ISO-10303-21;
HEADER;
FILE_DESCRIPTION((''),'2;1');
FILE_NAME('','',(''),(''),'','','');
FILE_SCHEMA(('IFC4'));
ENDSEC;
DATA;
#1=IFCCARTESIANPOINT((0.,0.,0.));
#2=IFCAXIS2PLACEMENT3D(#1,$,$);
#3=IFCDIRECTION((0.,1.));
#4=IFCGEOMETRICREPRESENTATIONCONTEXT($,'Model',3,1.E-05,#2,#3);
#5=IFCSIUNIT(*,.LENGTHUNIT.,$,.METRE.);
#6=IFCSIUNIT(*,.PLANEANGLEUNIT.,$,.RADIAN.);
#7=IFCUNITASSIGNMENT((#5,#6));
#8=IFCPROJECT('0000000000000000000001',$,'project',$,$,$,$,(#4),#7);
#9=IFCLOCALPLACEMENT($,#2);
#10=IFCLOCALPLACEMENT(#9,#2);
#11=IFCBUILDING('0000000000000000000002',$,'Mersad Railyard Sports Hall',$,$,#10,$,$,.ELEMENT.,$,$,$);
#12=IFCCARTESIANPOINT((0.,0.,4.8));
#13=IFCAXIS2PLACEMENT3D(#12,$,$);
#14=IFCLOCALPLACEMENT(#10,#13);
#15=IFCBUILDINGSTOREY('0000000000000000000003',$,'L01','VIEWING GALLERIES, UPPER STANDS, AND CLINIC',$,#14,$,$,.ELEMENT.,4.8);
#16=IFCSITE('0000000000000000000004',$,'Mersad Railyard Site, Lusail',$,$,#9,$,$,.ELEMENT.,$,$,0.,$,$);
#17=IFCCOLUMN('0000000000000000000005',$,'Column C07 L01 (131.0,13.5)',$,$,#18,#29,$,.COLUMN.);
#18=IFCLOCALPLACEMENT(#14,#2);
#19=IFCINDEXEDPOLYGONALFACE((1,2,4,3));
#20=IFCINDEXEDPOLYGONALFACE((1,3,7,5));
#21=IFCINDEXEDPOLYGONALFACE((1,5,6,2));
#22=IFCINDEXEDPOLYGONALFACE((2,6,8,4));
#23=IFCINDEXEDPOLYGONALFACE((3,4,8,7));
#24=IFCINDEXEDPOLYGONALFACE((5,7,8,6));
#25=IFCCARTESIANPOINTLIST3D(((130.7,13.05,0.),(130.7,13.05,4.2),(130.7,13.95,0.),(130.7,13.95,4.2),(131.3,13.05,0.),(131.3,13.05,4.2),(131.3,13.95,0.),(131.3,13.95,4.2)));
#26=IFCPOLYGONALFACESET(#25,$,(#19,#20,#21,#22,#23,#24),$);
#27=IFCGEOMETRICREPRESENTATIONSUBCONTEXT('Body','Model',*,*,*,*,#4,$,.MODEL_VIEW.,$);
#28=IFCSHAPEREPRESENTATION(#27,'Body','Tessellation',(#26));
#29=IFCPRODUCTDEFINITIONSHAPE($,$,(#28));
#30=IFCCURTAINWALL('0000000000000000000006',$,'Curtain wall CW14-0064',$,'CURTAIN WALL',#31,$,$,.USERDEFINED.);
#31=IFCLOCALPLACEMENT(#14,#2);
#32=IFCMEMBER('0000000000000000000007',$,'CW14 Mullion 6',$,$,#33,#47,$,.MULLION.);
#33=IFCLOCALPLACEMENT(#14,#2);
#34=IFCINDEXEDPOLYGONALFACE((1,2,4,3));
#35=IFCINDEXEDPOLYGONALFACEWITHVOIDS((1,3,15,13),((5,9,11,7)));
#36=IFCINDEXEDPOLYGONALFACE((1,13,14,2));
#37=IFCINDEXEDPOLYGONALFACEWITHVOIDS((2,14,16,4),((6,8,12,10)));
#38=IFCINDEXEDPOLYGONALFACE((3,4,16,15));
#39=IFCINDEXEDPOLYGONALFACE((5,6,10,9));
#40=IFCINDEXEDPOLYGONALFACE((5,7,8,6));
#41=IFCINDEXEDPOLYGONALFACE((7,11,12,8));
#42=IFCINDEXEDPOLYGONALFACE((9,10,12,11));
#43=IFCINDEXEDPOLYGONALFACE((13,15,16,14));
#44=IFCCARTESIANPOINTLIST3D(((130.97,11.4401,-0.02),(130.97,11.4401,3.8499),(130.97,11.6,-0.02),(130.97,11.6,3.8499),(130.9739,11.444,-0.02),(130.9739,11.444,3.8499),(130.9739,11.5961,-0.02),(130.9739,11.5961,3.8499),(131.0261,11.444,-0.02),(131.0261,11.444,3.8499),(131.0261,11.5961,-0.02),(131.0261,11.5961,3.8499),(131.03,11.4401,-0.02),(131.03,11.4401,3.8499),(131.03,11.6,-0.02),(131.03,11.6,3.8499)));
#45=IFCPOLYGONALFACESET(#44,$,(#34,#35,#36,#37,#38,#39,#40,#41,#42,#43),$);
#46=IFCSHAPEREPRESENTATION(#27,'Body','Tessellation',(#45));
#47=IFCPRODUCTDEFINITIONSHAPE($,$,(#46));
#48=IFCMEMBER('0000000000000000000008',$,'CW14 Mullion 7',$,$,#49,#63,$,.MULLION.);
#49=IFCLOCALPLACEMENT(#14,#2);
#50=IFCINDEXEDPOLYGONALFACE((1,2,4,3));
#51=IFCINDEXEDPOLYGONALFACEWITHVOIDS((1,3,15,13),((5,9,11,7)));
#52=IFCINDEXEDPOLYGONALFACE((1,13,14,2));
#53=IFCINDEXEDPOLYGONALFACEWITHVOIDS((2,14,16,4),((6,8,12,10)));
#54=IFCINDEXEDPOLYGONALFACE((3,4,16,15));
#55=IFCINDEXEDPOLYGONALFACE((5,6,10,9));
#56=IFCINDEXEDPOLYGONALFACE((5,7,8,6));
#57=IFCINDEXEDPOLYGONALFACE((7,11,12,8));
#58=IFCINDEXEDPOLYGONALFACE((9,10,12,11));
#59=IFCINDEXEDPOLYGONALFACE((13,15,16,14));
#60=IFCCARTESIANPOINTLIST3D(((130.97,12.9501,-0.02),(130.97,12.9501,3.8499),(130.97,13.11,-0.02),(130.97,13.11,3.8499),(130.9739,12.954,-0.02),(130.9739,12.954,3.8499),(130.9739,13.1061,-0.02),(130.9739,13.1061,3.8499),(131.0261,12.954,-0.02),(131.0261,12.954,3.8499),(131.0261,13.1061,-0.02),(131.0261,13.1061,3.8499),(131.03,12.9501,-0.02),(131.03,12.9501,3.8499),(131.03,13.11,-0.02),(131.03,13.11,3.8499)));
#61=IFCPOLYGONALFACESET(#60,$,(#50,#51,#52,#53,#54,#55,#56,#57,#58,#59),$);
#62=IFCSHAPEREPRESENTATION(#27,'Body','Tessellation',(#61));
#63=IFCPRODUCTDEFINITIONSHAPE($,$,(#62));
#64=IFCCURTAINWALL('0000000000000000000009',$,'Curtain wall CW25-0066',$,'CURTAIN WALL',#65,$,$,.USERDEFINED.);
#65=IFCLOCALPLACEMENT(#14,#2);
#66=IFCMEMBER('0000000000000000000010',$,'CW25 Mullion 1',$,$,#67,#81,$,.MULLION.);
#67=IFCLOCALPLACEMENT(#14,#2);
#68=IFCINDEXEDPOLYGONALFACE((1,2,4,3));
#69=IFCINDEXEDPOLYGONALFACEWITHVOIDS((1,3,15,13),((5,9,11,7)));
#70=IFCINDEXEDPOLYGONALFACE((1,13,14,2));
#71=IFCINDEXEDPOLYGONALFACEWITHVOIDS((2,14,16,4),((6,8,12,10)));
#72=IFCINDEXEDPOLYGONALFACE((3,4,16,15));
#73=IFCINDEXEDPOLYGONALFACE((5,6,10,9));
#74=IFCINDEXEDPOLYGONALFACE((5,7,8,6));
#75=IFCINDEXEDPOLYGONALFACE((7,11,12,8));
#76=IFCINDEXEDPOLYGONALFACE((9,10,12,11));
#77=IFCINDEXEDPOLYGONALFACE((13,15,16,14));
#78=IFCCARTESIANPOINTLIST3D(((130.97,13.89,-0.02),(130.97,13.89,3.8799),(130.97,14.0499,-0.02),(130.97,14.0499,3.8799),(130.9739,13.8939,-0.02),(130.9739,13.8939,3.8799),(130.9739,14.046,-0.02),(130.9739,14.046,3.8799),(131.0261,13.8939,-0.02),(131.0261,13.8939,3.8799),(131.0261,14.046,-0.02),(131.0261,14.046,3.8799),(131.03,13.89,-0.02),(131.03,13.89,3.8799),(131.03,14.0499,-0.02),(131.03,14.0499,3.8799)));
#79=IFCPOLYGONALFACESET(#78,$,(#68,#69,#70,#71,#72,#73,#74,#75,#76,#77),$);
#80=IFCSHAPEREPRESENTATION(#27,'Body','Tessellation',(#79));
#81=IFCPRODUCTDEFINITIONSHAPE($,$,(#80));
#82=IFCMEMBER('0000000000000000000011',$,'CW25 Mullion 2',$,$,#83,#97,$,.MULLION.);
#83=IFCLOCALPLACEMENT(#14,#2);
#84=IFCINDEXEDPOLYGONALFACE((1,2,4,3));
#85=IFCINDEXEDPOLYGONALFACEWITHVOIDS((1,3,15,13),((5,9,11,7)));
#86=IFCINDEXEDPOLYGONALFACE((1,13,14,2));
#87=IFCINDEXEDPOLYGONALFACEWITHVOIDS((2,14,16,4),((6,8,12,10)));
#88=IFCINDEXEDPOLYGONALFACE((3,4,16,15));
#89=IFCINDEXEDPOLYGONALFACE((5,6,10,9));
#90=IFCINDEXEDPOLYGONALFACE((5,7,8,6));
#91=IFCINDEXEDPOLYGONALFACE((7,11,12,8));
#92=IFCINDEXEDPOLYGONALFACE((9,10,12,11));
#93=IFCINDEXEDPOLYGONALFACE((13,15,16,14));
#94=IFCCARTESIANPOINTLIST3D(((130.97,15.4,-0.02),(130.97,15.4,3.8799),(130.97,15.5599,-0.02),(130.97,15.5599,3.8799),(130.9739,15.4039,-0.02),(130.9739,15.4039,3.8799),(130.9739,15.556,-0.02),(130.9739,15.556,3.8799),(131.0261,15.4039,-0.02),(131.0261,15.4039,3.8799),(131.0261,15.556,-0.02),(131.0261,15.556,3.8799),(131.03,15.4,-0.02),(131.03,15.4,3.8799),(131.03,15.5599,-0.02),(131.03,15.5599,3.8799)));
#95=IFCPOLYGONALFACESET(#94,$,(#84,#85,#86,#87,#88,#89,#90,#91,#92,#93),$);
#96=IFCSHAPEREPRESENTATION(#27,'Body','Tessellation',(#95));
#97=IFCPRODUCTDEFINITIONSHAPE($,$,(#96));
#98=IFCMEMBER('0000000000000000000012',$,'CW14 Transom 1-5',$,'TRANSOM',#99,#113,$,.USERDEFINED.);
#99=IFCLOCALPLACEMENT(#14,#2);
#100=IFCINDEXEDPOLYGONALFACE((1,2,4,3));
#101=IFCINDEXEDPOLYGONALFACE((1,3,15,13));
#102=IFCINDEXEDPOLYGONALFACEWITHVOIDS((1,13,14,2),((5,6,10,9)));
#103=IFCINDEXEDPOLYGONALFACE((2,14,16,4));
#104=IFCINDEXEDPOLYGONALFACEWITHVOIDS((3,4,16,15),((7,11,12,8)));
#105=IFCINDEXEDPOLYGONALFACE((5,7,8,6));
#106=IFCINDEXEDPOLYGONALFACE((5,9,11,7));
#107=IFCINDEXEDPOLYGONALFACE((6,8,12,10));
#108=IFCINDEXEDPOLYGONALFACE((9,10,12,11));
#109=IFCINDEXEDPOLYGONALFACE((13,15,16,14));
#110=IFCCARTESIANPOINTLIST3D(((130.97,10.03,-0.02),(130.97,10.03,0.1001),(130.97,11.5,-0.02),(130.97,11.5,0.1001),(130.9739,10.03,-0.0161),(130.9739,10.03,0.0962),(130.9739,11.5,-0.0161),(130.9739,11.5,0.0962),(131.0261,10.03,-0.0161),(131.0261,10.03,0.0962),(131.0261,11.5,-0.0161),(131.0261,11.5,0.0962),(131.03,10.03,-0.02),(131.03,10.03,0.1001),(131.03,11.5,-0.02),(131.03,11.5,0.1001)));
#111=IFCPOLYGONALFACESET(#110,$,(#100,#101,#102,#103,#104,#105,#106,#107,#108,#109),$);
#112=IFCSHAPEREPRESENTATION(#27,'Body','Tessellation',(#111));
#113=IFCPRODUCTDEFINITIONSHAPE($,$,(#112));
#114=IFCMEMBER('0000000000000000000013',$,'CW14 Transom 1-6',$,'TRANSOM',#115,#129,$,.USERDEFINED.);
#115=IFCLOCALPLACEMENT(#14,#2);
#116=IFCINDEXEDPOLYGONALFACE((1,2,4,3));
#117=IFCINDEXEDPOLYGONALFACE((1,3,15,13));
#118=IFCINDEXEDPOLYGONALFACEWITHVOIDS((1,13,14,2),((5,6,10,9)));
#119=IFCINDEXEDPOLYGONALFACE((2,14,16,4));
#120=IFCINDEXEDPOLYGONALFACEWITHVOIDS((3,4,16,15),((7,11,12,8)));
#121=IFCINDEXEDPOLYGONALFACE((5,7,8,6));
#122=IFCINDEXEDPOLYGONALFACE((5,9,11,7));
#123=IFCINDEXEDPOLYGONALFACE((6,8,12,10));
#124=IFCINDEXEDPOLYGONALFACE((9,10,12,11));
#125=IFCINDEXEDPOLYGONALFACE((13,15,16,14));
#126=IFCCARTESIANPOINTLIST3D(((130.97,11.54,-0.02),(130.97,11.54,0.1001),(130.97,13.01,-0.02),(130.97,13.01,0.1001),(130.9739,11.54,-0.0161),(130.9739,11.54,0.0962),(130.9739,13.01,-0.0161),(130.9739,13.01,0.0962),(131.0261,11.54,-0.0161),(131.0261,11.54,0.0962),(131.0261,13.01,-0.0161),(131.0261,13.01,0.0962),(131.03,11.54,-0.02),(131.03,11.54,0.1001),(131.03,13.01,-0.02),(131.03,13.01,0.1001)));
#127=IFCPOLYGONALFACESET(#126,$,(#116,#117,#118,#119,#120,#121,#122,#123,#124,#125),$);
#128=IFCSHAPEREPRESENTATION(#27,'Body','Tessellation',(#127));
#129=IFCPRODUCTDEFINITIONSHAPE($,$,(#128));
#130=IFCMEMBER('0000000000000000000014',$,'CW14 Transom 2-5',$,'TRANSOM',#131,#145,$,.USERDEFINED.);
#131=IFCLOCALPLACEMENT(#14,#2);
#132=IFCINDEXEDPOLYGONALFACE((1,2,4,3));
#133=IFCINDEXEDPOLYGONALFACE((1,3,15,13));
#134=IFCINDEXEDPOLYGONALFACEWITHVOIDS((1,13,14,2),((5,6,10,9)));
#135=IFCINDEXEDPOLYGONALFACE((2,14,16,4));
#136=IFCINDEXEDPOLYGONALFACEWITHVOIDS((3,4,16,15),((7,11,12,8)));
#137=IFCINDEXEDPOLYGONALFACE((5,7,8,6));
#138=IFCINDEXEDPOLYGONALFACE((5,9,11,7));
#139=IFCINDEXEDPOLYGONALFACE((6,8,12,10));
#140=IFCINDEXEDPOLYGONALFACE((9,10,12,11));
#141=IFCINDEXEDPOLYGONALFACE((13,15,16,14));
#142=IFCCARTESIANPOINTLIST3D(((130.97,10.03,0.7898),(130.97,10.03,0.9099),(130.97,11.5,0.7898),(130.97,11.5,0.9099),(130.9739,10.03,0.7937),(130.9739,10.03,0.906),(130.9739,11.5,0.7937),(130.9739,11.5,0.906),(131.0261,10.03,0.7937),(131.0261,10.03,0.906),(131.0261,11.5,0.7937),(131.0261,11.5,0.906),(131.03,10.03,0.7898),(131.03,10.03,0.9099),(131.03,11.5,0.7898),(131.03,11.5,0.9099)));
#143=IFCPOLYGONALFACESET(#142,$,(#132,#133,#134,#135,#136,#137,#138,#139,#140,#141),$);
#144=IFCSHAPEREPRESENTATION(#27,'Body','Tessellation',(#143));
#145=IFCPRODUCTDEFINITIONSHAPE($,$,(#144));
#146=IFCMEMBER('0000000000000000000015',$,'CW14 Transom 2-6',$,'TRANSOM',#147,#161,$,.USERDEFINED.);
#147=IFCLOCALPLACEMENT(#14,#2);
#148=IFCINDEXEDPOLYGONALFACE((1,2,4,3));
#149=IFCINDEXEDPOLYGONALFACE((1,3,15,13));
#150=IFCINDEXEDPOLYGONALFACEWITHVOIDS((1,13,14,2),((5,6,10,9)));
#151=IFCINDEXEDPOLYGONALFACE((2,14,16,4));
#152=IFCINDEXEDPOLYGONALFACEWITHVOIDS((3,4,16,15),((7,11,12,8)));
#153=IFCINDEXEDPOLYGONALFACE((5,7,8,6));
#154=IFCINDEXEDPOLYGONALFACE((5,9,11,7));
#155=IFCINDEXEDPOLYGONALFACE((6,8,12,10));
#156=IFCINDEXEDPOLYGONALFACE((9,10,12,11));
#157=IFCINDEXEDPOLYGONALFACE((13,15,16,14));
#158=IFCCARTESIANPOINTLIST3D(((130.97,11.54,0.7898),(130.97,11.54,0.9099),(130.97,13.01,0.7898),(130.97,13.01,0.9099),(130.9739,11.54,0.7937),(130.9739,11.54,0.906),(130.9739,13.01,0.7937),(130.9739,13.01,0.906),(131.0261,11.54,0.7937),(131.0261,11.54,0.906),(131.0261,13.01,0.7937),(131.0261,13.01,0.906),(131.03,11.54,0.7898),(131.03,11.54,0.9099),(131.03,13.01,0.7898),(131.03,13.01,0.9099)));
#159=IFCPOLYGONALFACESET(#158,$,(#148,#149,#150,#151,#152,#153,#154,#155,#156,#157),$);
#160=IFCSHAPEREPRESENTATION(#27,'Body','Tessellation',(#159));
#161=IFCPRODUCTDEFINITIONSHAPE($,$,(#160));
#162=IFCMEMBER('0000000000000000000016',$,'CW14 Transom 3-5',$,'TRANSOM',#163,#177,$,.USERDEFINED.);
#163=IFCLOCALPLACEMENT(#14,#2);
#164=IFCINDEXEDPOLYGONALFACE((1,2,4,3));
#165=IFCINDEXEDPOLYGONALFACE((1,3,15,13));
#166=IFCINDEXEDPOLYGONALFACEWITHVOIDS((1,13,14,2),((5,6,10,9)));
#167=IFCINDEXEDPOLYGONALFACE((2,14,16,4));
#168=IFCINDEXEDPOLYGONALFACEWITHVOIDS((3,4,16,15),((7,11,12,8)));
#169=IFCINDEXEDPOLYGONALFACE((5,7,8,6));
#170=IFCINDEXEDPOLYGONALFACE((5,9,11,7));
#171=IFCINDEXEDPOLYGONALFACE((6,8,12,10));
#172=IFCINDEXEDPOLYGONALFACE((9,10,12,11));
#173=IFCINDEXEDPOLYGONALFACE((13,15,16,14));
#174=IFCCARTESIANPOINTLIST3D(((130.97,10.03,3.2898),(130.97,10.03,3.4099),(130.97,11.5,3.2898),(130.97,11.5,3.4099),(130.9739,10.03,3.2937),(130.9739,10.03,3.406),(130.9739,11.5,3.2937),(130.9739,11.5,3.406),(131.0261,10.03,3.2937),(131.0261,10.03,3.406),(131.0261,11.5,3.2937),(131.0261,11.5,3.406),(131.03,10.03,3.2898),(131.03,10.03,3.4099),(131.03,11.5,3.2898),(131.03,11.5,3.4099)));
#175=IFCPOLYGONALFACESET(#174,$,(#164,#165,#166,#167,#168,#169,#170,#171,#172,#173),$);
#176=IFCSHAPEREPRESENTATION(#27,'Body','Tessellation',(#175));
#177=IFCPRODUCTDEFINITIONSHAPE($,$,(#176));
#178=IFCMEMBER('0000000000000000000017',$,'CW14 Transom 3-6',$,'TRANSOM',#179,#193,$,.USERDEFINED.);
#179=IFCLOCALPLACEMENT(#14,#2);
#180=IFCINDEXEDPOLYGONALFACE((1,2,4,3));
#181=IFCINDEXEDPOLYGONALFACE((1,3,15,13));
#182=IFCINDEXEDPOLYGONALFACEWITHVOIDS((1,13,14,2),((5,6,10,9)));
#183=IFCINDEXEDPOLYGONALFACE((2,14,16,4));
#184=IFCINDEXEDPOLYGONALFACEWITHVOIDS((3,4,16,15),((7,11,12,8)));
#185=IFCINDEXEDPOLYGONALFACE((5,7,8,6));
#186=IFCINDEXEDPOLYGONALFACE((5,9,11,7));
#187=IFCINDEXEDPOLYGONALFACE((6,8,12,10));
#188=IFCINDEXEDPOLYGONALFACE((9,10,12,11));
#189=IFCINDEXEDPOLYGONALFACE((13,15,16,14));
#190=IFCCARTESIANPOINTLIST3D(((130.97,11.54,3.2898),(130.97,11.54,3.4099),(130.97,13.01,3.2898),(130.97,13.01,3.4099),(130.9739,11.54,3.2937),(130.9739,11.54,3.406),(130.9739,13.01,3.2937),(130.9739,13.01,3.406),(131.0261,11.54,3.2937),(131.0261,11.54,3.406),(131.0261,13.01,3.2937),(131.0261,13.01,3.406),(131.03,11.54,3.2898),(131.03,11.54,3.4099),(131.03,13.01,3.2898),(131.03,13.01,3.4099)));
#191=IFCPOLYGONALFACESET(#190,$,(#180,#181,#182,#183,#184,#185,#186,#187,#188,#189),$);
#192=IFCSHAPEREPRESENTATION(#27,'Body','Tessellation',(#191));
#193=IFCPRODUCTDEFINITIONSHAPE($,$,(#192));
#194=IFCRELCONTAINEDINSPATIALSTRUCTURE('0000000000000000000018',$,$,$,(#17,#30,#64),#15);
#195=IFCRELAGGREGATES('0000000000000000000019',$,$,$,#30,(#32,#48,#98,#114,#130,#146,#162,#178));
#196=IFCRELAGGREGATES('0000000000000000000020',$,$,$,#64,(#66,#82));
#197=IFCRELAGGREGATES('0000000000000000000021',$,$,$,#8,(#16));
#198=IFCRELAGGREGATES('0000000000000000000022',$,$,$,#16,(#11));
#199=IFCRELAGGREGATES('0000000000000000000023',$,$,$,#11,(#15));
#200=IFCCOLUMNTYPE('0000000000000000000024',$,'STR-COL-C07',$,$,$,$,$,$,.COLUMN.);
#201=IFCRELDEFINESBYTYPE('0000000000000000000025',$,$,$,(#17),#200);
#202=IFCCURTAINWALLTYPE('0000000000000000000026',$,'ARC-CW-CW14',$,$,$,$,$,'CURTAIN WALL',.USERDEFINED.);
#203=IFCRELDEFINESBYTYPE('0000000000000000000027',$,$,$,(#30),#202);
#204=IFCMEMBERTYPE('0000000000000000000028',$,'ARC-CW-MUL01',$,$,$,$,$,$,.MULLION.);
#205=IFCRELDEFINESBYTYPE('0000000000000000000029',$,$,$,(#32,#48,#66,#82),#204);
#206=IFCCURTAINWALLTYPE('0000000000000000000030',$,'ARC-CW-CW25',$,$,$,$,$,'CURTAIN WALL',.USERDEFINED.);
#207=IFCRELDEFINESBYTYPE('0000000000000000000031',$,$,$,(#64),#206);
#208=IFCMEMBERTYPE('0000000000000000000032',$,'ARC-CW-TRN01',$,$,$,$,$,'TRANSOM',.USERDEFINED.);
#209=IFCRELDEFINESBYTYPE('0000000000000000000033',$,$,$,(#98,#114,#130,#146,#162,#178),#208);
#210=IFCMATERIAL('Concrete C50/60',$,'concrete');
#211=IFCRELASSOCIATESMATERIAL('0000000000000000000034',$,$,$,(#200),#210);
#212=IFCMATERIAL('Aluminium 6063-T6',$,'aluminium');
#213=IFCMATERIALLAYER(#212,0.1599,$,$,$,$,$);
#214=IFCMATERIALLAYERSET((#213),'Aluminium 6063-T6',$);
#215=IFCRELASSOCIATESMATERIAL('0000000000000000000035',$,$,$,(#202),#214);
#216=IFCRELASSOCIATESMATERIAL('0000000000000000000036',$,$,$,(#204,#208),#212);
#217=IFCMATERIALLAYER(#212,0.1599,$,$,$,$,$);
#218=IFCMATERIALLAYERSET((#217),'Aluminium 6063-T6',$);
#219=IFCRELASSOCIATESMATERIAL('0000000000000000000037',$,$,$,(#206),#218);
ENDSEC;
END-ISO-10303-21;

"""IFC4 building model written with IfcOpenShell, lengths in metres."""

from ifc_helpers import new_model, si_unit, direction, frame, origin, origin_2d, place, context, subcontext, project, spatial, rectangle, hollow_rectangle, extrude, material, layer, layer_set, material_profile, profile_set, type_object, element, aggregate, save


model = new_model("IFC4")

# Units and contexts
model_context = context("Model", 3, precision=1e-05, world=origin(), true_north=direction((0.0, 1.0)))
body_context = subcontext(model_context, "Body", "Model", "MODEL_VIEW")
ifc_project = project(units=[si_unit("LENGTHUNIT", "METRE"), si_unit("PLANEANGLEUNIT", "RADIAN")], contexts=[model_context])

# Site, building, storey
site_placement = place(None, origin())
site = spatial("IfcSite", under=ifc_project, at=site_placement, Name="Mersad Railyard Site, Lusail", CompositionType="ELEMENT", RefElevation=0.0)
building_placement = place(site_placement, origin())
building = spatial("IfcBuilding", under=site, at=building_placement, Name="Mersad Railyard Sports Hall", CompositionType="ELEMENT")
storey_placement = place(building_placement, frame((0.0, 0.0, 4.8)))
storey = spatial("IfcBuildingStorey", under=building, at=storey_placement, Name="L01", Description="VIEWING GALLERIES, UPPER STANDS, AND CLINIC", CompositionType="ELEMENT", Elevation=4.8)

# Column
ifc_material_1 = material(Name="Concrete C50/60", Category="concrete")
ifc_material_profile_1 = material_profile(ifc_material_1, rectangle(XDim=0.6001, YDim=0.8999, at=origin_2d()), Name="RC 600x900")
ifc_profile_set_1 = profile_set([ifc_material_profile_1], Name="Concrete C50/60")
column_type = type_object("IfcColumnType", Name="STR-COL-C07", PredefinedType="COLUMN", material=ifc_profile_set_1)
column_placement = place(storey_placement, frame((131.0, 13.5, 0.0), z_axis=(0.0, 0.0, 1.0), x_axis=(1.0, 0.0, 0.0)))
element("IfcColumn", 1, at=column_placement, inside=storey, type_object=column_type, Name="Column C07 L01 (131.0,13.5)", PredefinedType="COLUMN", context=body_context, shape_type="SweptSolid", body=[
    extrude(rectangle(XDim=0.6001, YDim=0.8999, at=origin_2d()), origin(), (0.0, 0.0, 1.0), 4.2),
])

# Curtain walls, members
ifc_material_2 = material(Name="Aluminium 6063-T6", Category="aluminium")
ifc_layer_1 = layer(ifc_material_2, 0.1599)
ifc_layer_set_1 = layer_set([ifc_layer_1], Name="Aluminium 6063-T6")
curtain_wall_type_1 = type_object("IfcCurtainWallType", Name="ARC-CW-CW14", ElementType="CURTAIN WALL", PredefinedType="USERDEFINED", material=ifc_layer_set_1)
curtain_wall_1_placement = place(storey_placement, origin())
curtain_wall_1 = element("IfcCurtainWall", 2, at=curtain_wall_1_placement, inside=storey, type_object=curtain_wall_type_1, Name="Curtain wall CW14-0064", ObjectType="CURTAIN WALL", PredefinedType="USERDEFINED")
ifc_material_profile_2 = material_profile(ifc_material_2, hollow_rectangle(XDim=0.0601, YDim=0.1599, WallThickness=0.0039, at=origin_2d()), Name="AL MULLION 60x160x4")
ifc_profile_set_2 = profile_set([ifc_material_profile_2], Name="Aluminium 6063-T6")
member_type_1 = type_object("IfcMemberType", Name="ARC-CW-MUL01", PredefinedType="MULLION", material=ifc_profile_set_2)
member_1_placement = place(storey_placement, frame((131.0, 11.52, -0.02), z_axis=(0.0, 0.0, 1.0), x_axis=(1.0, 0.0, 0.0)))
member_1 = element("IfcMember", 3, at=member_1_placement, type_object=member_type_1, Name="CW14 Mullion 6", PredefinedType="MULLION", context=body_context, shape_type="SweptSolid", body=[
    extrude(hollow_rectangle(XDim=0.0601, YDim=0.1599, WallThickness=0.0039, at=origin_2d()), origin(), (0.0, 0.0, 1.0), 3.8699),
])
member_2_placement = place(storey_placement, frame((131.0, 13.03, -0.02), z_axis=(0.0, 0.0, 1.0), x_axis=(1.0, 0.0, 0.0)))
member_2 = element("IfcMember", 4, at=member_2_placement, type_object=member_type_1, Name="CW14 Mullion 7", PredefinedType="MULLION", context=body_context, shape_type="SweptSolid", body=[
    extrude(hollow_rectangle(XDim=0.0601, YDim=0.1599, WallThickness=0.0039, at=origin_2d()), origin(), (0.0, 0.0, 1.0), 3.8699),
])
ifc_layer_2 = layer(ifc_material_2, 0.1599)
ifc_layer_set_2 = layer_set([ifc_layer_2], Name="Aluminium 6063-T6")
curtain_wall_type_2 = type_object("IfcCurtainWallType", Name="ARC-CW-CW25", ElementType="CURTAIN WALL", PredefinedType="USERDEFINED", material=ifc_layer_set_2)
curtain_wall_2_placement = place(storey_placement, origin())
curtain_wall_2 = element("IfcCurtainWall", 5, at=curtain_wall_2_placement, inside=storey, type_object=curtain_wall_type_2, Name="Curtain wall CW25-0066", ObjectType="CURTAIN WALL", PredefinedType="USERDEFINED")
member_3_placement = place(storey_placement, frame((131.0, 13.97, -0.02), z_axis=(0.0, 0.0, 1.0), x_axis=(1.0, 0.0, 0.0)))
member_3 = element("IfcMember", 6, at=member_3_placement, type_object=member_type_1, Name="CW25 Mullion 1", PredefinedType="MULLION", context=body_context, shape_type="SweptSolid", body=[
    extrude(hollow_rectangle(XDim=0.0601, YDim=0.1599, WallThickness=0.0039, at=origin_2d()), origin(), (0.0, 0.0, 1.0), 3.8999),
])
member_4_placement = place(storey_placement, frame((131.0, 15.48, -0.02), z_axis=(0.0, 0.0, 1.0), x_axis=(1.0, 0.0, 0.0)))
member_4 = element("IfcMember", 7, at=member_4_placement, type_object=member_type_1, Name="CW25 Mullion 2", PredefinedType="MULLION", context=body_context, shape_type="SweptSolid", body=[
    extrude(hollow_rectangle(XDim=0.0601, YDim=0.1599, WallThickness=0.0039, at=origin_2d()), origin(), (0.0, 0.0, 1.0), 3.8999),
])

# Members
ifc_material_profile_3 = material_profile(ifc_material_2, hollow_rectangle(XDim=0.0601, YDim=0.1201, WallThickness=0.0039, at=origin_2d()), Name="AL TRANSOM 60x120x4")
ifc_profile_set_3 = profile_set([ifc_material_profile_3], Name="Aluminium 6063-T6")
member_type_2 = type_object("IfcMemberType", Name="ARC-CW-TRN01", ElementType="TRANSOM", PredefinedType="USERDEFINED", material=ifc_profile_set_3)
member_5_placement = place(storey_placement, frame((131.0, 10.03, 0.04), z_axis=(0.0, 1.0, 0.0), x_axis=(-1.0, 0.0, 0.0)))
member_5 = element("IfcMember", 8, at=member_5_placement, type_object=member_type_2, Name="CW14 Transom 1-5", ObjectType="TRANSOM", PredefinedType="USERDEFINED", context=body_context, shape_type="SweptSolid", body=[
    extrude(hollow_rectangle(XDim=0.0601, YDim=0.1201, WallThickness=0.0039, at=origin_2d()), origin(), (0.0, 0.0, 1.0), 1.47),
])
member_6_placement = place(storey_placement, frame((131.0, 11.54, 0.04), z_axis=(0.0, 1.0, 0.0), x_axis=(-1.0, 0.0, 0.0)))
member_6 = element("IfcMember", 9, at=member_6_placement, type_object=member_type_2, Name="CW14 Transom 1-6", ObjectType="TRANSOM", PredefinedType="USERDEFINED", context=body_context, shape_type="SweptSolid", body=[
    extrude(hollow_rectangle(XDim=0.0601, YDim=0.1201, WallThickness=0.0039, at=origin_2d()), origin(), (0.0, 0.0, 1.0), 1.47),
])
member_7_placement = place(storey_placement, frame((131.0, 10.03, 0.8499), z_axis=(0.0, 1.0, 0.0), x_axis=(-1.0, 0.0, 0.0)))
member_7 = element("IfcMember", 10, at=member_7_placement, type_object=member_type_2, Name="CW14 Transom 2-5", ObjectType="TRANSOM", PredefinedType="USERDEFINED", context=body_context, shape_type="SweptSolid", body=[
    extrude(hollow_rectangle(XDim=0.0601, YDim=0.1201, WallThickness=0.0039, at=origin_2d()), origin(), (0.0, 0.0, 1.0), 1.47),
])
member_8_placement = place(storey_placement, frame((131.0, 11.54, 0.8499), z_axis=(0.0, 1.0, 0.0), x_axis=(-1.0, 0.0, 0.0)))
member_8 = element("IfcMember", 11, at=member_8_placement, type_object=member_type_2, Name="CW14 Transom 2-6", ObjectType="TRANSOM", PredefinedType="USERDEFINED", context=body_context, shape_type="SweptSolid", body=[
    extrude(hollow_rectangle(XDim=0.0601, YDim=0.1201, WallThickness=0.0039, at=origin_2d()), origin(), (0.0, 0.0, 1.0), 1.47),
])
member_9_placement = place(storey_placement, frame((131.0, 10.03, 3.3499), z_axis=(0.0, 1.0, 0.0), x_axis=(-1.0, 0.0, 0.0)))
member_9 = element("IfcMember", 12, at=member_9_placement, type_object=member_type_2, Name="CW14 Transom 3-5", ObjectType="TRANSOM", PredefinedType="USERDEFINED", context=body_context, shape_type="SweptSolid", body=[
    extrude(hollow_rectangle(XDim=0.0601, YDim=0.1201, WallThickness=0.0039, at=origin_2d()), origin(), (0.0, 0.0, 1.0), 1.47),
])
member_10_placement = place(storey_placement, frame((131.0, 11.54, 3.3499), z_axis=(0.0, 1.0, 0.0), x_axis=(-1.0, 0.0, 0.0)))
member_10 = element("IfcMember", 13, at=member_10_placement, type_object=member_type_2, Name="CW14 Transom 3-6", ObjectType="TRANSOM", PredefinedType="USERDEFINED", context=body_context, shape_type="SweptSolid", body=[
    extrude(hollow_rectangle(XDim=0.0601, YDim=0.1201, WallThickness=0.0039, at=origin_2d()), origin(), (0.0, 0.0, 1.0), 1.47),
])

aggregate(curtain_wall_1, [member_1, member_2, member_5, member_6, member_7, member_8, member_9, member_10])
aggregate(curtain_wall_2, [member_3, member_4])

save(model, "model.ifc")
